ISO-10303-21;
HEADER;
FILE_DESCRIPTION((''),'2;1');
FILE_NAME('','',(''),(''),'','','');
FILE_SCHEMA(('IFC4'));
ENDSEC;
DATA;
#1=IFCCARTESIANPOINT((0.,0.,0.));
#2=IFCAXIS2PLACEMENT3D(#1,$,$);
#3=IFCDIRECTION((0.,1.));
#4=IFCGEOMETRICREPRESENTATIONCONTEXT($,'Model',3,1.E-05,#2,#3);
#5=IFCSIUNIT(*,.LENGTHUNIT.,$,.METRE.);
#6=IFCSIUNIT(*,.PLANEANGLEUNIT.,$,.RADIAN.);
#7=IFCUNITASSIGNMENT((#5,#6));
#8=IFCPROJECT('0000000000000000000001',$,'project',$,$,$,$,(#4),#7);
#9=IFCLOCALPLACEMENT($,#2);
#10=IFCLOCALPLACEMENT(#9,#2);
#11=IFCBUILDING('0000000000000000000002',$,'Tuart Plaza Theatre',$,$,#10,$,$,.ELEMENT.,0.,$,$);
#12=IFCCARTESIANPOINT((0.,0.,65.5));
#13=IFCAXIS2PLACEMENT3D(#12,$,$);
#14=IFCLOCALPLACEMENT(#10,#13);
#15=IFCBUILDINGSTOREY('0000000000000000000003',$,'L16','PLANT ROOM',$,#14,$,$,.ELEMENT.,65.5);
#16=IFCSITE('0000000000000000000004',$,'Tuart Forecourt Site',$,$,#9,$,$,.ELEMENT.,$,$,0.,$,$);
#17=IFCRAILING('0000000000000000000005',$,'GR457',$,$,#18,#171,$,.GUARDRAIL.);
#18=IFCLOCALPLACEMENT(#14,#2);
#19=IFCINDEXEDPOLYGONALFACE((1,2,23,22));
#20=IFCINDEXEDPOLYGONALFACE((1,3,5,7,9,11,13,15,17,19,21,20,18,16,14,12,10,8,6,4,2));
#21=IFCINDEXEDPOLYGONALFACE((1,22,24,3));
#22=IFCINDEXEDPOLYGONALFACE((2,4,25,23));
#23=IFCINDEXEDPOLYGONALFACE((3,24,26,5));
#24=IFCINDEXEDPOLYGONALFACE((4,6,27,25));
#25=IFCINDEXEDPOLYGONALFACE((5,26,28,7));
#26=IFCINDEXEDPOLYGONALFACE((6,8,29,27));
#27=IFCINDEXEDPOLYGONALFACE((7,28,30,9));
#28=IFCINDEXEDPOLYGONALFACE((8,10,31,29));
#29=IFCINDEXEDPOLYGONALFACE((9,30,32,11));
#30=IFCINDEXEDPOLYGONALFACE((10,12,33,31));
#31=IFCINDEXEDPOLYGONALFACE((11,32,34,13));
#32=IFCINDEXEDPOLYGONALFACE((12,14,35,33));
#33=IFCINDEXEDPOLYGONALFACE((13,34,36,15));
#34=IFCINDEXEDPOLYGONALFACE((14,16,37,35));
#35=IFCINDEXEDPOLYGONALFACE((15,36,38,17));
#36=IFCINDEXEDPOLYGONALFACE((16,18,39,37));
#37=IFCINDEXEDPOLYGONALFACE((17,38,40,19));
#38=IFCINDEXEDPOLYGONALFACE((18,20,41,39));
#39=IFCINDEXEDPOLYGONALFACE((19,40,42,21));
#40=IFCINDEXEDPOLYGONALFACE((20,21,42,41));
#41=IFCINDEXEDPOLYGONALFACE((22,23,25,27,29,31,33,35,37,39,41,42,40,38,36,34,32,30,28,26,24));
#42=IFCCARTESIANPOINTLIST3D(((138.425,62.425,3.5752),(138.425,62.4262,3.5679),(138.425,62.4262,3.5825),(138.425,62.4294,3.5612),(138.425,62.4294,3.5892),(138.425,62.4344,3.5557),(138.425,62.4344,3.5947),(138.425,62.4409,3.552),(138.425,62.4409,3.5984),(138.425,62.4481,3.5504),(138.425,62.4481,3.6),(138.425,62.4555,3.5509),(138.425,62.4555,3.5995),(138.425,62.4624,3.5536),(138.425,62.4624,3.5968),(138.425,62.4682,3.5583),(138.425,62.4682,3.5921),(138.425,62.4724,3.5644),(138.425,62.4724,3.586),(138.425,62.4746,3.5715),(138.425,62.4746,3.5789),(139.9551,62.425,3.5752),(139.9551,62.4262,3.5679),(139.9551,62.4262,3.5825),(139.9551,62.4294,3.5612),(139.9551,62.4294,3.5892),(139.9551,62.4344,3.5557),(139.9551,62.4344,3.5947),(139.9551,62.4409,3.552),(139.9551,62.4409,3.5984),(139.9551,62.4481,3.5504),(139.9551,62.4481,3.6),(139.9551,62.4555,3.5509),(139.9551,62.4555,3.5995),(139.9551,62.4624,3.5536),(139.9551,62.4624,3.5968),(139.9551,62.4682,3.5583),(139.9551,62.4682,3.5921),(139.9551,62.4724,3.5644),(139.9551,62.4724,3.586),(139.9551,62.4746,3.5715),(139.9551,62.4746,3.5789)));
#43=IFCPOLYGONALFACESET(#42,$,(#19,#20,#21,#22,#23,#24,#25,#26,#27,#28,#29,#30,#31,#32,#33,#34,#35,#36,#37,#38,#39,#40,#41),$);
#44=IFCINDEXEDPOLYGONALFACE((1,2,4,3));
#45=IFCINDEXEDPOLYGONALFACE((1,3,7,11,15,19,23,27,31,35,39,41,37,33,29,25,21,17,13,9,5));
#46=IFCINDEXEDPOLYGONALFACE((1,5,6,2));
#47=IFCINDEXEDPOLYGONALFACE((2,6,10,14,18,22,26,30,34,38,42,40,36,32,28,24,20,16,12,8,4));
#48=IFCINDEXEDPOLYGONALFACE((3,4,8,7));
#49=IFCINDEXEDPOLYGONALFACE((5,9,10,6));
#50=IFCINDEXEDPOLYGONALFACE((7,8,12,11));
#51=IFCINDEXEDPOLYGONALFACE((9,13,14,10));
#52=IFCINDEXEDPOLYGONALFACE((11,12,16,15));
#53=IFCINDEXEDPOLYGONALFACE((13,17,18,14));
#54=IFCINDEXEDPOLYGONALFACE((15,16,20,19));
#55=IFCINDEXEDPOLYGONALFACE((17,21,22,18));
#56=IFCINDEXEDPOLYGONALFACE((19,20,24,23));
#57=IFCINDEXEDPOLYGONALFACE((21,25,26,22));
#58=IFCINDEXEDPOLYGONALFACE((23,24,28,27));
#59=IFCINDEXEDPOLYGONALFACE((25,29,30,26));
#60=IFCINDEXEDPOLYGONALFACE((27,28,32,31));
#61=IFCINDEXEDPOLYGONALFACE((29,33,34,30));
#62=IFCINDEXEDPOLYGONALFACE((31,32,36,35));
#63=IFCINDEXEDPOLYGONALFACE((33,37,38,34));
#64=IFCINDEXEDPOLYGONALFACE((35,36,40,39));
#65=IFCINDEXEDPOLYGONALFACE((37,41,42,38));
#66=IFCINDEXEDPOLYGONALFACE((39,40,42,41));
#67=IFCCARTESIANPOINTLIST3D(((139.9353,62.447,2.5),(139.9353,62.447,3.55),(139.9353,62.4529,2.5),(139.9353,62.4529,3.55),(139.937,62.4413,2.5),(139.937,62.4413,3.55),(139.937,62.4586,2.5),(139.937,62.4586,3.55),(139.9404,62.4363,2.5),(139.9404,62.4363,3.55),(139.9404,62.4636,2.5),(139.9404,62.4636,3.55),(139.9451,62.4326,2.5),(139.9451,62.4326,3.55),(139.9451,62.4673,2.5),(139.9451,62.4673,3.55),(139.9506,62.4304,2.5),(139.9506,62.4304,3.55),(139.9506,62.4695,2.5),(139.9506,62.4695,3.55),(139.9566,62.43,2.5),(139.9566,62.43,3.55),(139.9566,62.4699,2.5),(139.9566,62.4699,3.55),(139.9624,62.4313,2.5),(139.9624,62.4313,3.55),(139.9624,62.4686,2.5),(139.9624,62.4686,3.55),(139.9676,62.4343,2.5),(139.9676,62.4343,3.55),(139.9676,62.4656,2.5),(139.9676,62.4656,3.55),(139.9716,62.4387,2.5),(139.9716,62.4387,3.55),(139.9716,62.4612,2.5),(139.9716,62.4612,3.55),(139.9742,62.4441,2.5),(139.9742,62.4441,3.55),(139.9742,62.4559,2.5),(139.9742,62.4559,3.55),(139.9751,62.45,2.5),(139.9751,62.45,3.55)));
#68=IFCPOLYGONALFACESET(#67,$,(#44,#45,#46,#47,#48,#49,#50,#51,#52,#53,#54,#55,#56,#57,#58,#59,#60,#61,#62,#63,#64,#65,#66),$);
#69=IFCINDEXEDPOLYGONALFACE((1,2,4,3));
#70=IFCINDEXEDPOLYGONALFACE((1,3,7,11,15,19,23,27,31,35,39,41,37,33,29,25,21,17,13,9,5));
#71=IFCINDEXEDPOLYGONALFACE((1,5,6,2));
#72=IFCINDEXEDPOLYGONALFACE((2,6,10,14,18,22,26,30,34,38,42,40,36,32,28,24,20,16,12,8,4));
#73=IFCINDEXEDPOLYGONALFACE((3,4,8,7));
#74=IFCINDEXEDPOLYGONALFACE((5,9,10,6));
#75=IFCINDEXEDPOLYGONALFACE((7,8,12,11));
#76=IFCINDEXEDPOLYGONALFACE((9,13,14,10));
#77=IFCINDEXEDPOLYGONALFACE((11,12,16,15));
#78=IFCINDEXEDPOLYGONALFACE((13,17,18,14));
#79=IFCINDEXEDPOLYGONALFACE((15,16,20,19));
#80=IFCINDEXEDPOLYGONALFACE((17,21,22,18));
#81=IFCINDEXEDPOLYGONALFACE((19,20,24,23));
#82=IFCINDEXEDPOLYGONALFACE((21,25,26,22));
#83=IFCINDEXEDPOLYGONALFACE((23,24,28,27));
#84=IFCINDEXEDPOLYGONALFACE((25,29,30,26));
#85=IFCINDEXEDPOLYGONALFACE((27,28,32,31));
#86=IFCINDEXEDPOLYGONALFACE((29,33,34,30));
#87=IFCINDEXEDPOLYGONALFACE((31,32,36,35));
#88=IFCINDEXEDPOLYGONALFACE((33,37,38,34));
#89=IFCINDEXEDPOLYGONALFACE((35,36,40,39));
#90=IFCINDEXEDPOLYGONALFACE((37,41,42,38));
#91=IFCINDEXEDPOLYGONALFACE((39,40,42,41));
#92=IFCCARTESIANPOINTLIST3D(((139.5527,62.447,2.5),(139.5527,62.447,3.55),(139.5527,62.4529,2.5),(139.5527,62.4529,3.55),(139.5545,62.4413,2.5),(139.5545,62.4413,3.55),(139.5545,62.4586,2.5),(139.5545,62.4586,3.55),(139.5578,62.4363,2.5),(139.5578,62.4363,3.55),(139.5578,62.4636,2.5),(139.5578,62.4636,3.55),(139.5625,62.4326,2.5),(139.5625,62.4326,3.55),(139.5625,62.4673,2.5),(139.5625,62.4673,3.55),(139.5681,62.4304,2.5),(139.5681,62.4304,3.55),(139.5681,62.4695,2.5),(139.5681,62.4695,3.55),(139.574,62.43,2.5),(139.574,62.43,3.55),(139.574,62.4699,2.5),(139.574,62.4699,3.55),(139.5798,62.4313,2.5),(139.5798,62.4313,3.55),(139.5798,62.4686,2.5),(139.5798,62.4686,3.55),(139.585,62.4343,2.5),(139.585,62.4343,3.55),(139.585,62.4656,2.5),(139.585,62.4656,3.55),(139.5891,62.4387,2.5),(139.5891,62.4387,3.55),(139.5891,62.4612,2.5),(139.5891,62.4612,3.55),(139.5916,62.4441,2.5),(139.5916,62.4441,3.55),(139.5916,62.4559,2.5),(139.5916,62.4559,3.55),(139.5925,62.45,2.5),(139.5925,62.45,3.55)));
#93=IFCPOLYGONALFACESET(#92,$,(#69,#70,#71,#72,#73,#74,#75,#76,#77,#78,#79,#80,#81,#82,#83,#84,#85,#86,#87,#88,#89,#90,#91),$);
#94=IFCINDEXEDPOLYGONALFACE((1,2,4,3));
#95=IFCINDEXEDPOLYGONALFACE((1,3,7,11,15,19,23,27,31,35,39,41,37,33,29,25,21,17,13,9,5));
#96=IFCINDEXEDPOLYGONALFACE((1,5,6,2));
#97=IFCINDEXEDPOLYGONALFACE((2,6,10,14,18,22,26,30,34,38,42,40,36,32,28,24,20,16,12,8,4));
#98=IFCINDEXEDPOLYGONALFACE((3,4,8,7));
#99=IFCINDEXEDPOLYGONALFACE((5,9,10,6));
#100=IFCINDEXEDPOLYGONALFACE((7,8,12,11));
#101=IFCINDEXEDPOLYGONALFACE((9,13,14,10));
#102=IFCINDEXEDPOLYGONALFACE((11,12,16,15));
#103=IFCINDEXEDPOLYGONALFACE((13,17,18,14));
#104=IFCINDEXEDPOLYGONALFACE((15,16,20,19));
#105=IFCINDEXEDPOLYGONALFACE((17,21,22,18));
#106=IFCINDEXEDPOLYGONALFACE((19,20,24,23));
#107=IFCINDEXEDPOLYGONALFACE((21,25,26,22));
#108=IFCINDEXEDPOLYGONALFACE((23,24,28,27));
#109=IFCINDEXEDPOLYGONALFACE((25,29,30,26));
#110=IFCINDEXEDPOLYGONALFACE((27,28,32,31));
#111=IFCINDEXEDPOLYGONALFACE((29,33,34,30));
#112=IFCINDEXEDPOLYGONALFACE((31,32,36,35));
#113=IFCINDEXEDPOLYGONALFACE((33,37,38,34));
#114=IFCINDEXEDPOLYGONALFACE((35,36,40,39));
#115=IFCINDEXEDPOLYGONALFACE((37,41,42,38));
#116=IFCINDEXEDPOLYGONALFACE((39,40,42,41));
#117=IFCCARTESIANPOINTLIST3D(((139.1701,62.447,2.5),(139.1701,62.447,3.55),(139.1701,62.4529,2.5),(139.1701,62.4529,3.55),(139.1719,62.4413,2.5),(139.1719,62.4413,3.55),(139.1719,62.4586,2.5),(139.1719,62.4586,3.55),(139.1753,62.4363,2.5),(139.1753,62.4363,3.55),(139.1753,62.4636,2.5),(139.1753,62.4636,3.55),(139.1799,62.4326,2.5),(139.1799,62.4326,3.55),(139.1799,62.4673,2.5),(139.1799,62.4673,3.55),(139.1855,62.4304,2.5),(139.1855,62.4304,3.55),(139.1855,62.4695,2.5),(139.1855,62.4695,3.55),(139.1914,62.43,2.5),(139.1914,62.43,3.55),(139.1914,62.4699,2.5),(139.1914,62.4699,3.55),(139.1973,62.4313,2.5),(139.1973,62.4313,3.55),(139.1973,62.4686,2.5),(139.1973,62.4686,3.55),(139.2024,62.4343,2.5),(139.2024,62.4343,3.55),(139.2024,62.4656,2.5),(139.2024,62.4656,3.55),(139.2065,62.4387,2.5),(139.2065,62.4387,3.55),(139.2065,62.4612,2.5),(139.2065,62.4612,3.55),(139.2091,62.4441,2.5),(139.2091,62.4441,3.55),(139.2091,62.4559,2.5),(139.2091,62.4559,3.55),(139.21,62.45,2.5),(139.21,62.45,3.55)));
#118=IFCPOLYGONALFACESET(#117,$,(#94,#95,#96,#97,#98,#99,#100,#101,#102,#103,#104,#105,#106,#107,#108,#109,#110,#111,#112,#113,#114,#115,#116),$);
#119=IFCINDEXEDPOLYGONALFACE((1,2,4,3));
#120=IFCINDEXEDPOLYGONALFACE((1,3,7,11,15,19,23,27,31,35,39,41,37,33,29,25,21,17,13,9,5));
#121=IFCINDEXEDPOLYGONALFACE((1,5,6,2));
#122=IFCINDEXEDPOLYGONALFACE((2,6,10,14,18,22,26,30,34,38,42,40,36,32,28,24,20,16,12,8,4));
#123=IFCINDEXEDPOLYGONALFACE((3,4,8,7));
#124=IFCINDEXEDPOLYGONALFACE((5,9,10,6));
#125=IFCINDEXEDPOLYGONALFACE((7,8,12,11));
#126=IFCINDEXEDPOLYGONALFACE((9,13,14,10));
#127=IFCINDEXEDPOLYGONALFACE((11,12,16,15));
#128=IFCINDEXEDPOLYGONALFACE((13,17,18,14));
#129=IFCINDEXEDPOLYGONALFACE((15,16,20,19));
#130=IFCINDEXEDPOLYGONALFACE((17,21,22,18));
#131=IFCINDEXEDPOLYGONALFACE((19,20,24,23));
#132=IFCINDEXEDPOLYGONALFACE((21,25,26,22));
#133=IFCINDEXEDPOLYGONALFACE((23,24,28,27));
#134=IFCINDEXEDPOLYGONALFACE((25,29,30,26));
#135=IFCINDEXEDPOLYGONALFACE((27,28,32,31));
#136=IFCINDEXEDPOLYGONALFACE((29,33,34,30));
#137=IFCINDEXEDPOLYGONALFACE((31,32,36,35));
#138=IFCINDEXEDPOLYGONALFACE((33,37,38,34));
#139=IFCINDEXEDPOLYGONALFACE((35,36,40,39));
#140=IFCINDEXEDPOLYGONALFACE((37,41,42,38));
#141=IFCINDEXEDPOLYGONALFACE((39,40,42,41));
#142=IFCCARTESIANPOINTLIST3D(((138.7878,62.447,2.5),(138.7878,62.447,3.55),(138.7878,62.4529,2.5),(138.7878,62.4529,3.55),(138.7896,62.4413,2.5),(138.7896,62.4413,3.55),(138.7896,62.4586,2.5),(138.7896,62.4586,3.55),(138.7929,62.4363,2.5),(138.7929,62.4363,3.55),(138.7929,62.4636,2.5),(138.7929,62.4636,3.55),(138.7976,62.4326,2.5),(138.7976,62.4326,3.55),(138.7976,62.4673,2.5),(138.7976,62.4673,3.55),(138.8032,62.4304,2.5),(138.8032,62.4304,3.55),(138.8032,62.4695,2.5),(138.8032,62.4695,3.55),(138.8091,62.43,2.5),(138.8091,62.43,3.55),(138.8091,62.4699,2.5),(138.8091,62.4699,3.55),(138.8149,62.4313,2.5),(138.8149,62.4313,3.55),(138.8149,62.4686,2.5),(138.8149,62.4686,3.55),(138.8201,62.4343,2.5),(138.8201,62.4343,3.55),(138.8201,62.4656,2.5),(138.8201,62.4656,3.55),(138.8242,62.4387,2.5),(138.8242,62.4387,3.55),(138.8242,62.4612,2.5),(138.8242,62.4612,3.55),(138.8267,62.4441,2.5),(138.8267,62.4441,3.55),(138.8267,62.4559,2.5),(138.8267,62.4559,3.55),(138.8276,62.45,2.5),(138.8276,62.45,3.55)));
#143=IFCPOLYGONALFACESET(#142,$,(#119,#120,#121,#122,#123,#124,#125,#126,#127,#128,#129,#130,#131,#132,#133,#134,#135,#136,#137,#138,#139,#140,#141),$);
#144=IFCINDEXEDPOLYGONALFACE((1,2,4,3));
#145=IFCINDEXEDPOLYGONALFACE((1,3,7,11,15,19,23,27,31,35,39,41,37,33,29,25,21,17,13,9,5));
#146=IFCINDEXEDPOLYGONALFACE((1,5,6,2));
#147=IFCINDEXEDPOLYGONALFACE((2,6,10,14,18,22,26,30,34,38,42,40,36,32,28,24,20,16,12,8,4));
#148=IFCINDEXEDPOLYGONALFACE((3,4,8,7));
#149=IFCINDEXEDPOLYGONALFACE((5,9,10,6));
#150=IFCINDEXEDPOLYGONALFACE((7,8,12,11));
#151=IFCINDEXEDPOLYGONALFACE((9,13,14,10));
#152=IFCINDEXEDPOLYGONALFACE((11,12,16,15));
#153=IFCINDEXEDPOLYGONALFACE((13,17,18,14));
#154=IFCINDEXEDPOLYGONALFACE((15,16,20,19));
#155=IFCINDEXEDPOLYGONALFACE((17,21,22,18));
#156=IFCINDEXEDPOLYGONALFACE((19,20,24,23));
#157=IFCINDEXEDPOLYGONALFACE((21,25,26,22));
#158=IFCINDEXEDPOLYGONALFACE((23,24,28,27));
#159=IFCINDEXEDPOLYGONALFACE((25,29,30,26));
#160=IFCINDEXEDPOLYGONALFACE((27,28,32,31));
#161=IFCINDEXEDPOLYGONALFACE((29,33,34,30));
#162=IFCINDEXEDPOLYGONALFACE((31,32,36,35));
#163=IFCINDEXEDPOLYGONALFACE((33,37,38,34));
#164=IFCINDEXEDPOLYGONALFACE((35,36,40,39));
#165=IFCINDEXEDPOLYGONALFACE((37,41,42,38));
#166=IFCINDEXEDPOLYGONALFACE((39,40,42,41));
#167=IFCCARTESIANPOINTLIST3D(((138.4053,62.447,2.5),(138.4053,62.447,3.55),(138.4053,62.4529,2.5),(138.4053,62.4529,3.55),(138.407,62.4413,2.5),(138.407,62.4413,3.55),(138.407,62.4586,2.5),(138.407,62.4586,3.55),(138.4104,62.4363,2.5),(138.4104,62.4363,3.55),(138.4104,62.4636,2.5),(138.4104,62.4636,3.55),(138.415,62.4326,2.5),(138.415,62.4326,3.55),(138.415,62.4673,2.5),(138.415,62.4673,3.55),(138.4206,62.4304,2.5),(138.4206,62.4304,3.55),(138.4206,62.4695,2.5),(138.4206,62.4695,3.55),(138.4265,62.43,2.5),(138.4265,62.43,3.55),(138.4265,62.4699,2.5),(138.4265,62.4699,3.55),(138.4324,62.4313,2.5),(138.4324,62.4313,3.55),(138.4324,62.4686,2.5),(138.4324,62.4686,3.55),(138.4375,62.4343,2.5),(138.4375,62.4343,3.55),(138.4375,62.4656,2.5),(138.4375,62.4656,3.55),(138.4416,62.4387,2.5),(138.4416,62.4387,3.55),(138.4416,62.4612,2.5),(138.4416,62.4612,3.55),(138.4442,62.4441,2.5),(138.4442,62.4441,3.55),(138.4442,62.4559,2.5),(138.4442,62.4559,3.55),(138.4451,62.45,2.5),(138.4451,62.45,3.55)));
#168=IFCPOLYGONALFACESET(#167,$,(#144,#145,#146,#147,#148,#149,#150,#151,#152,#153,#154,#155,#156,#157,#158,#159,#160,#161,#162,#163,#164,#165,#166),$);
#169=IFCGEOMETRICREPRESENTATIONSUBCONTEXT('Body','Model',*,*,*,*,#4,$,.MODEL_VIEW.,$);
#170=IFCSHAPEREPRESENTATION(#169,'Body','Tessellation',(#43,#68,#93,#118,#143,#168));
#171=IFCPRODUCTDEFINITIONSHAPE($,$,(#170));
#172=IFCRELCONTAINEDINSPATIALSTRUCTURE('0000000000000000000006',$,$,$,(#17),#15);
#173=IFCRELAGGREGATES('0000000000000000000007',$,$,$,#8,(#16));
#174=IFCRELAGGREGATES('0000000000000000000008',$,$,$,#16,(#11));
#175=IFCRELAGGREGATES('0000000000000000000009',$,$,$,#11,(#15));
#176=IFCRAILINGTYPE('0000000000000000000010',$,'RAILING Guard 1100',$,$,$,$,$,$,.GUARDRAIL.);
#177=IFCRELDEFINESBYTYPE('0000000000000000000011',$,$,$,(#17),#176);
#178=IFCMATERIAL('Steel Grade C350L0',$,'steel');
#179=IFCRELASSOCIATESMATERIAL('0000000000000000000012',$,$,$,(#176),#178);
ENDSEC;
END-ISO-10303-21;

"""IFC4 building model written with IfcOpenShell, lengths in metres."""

from ifc_helpers import new_model, si_unit, direction, frame, origin, origin_2d, place, context, subcontext, project, spatial, circle, extrude, material, type_object, element, save


model = new_model("IFC4")

# Units and contexts
model_context = context("Model", 3, precision=1e-05, world=origin(), true_north=direction((0.0, 1.0)))
body_context = subcontext(model_context, "Body", "Model", "MODEL_VIEW")
ifc_project = project(units=[si_unit("LENGTHUNIT", "METRE"), si_unit("PLANEANGLEUNIT", "RADIAN")], contexts=[model_context])

# Site, building, storey
site_placement = place(None, origin())
site = spatial("IfcSite", under=ifc_project, at=site_placement, Name="Tuart Forecourt Site", CompositionType="ELEMENT", RefElevation=0.0)
building_placement = place(site_placement, origin())
building = spatial("IfcBuilding", under=site, at=building_placement, Name="Tuart Plaza Theatre", CompositionType="ELEMENT", ElevationOfRefHeight=0.0)
storey_placement = place(building_placement, frame((0.0, 0.0, 65.5)))
storey = spatial("IfcBuildingStorey", under=building, at=storey_placement, Name="L16", Description="PLANT ROOM", CompositionType="ELEMENT", Elevation=65.5)

# Railing
ifc_material_1 = material(Name="Steel Grade C350L0", Category="steel")
railing_type = type_object("IfcRailingType", Name="RAILING Guard 1100", PredefinedType="GUARDRAIL", material=ifc_material_1)
railing_1_placement = place(storey_placement, frame((139.9551, 62.45, 2.5)))
element("IfcRailing", 1, at=railing_1_placement, inside=storey, type_object=railing_type, Name="GR457", PredefinedType="GUARDRAIL", context=body_context, shape_type="SweptSolid", body=[
    extrude(circle(Radius=0.0249, at=origin_2d()), frame((0.0, 0.0, 1.0752), z_axis=(-1.0, 0.0, 0.0), x_axis=(0.0, -1.0, 0.0)), (0.0, 0.0, 1.0), 1.53),
    extrude(circle(Radius=0.02, at=origin_2d()), origin(), (0.0, 0.0, 1.0), 1.05),
    extrude(circle(Radius=0.02, at=origin_2d()), frame((-0.3826, 0.0, 0.0)), (0.0, 0.0, 1.0), 1.05),
    extrude(circle(Radius=0.02, at=origin_2d()), frame((-0.7651, 0.0, 0.0)), (0.0, 0.0, 1.0), 1.05),
    extrude(circle(Radius=0.02, at=origin_2d()), frame((-1.1475, 0.0, 0.0)), (0.0, 0.0, 1.0), 1.05),
    extrude(circle(Radius=0.02, at=origin_2d()), frame((-1.53, 0.0, 0.0)), (0.0, 0.0, 1.0), 1.05),
])

save(model, "model.ifc")
